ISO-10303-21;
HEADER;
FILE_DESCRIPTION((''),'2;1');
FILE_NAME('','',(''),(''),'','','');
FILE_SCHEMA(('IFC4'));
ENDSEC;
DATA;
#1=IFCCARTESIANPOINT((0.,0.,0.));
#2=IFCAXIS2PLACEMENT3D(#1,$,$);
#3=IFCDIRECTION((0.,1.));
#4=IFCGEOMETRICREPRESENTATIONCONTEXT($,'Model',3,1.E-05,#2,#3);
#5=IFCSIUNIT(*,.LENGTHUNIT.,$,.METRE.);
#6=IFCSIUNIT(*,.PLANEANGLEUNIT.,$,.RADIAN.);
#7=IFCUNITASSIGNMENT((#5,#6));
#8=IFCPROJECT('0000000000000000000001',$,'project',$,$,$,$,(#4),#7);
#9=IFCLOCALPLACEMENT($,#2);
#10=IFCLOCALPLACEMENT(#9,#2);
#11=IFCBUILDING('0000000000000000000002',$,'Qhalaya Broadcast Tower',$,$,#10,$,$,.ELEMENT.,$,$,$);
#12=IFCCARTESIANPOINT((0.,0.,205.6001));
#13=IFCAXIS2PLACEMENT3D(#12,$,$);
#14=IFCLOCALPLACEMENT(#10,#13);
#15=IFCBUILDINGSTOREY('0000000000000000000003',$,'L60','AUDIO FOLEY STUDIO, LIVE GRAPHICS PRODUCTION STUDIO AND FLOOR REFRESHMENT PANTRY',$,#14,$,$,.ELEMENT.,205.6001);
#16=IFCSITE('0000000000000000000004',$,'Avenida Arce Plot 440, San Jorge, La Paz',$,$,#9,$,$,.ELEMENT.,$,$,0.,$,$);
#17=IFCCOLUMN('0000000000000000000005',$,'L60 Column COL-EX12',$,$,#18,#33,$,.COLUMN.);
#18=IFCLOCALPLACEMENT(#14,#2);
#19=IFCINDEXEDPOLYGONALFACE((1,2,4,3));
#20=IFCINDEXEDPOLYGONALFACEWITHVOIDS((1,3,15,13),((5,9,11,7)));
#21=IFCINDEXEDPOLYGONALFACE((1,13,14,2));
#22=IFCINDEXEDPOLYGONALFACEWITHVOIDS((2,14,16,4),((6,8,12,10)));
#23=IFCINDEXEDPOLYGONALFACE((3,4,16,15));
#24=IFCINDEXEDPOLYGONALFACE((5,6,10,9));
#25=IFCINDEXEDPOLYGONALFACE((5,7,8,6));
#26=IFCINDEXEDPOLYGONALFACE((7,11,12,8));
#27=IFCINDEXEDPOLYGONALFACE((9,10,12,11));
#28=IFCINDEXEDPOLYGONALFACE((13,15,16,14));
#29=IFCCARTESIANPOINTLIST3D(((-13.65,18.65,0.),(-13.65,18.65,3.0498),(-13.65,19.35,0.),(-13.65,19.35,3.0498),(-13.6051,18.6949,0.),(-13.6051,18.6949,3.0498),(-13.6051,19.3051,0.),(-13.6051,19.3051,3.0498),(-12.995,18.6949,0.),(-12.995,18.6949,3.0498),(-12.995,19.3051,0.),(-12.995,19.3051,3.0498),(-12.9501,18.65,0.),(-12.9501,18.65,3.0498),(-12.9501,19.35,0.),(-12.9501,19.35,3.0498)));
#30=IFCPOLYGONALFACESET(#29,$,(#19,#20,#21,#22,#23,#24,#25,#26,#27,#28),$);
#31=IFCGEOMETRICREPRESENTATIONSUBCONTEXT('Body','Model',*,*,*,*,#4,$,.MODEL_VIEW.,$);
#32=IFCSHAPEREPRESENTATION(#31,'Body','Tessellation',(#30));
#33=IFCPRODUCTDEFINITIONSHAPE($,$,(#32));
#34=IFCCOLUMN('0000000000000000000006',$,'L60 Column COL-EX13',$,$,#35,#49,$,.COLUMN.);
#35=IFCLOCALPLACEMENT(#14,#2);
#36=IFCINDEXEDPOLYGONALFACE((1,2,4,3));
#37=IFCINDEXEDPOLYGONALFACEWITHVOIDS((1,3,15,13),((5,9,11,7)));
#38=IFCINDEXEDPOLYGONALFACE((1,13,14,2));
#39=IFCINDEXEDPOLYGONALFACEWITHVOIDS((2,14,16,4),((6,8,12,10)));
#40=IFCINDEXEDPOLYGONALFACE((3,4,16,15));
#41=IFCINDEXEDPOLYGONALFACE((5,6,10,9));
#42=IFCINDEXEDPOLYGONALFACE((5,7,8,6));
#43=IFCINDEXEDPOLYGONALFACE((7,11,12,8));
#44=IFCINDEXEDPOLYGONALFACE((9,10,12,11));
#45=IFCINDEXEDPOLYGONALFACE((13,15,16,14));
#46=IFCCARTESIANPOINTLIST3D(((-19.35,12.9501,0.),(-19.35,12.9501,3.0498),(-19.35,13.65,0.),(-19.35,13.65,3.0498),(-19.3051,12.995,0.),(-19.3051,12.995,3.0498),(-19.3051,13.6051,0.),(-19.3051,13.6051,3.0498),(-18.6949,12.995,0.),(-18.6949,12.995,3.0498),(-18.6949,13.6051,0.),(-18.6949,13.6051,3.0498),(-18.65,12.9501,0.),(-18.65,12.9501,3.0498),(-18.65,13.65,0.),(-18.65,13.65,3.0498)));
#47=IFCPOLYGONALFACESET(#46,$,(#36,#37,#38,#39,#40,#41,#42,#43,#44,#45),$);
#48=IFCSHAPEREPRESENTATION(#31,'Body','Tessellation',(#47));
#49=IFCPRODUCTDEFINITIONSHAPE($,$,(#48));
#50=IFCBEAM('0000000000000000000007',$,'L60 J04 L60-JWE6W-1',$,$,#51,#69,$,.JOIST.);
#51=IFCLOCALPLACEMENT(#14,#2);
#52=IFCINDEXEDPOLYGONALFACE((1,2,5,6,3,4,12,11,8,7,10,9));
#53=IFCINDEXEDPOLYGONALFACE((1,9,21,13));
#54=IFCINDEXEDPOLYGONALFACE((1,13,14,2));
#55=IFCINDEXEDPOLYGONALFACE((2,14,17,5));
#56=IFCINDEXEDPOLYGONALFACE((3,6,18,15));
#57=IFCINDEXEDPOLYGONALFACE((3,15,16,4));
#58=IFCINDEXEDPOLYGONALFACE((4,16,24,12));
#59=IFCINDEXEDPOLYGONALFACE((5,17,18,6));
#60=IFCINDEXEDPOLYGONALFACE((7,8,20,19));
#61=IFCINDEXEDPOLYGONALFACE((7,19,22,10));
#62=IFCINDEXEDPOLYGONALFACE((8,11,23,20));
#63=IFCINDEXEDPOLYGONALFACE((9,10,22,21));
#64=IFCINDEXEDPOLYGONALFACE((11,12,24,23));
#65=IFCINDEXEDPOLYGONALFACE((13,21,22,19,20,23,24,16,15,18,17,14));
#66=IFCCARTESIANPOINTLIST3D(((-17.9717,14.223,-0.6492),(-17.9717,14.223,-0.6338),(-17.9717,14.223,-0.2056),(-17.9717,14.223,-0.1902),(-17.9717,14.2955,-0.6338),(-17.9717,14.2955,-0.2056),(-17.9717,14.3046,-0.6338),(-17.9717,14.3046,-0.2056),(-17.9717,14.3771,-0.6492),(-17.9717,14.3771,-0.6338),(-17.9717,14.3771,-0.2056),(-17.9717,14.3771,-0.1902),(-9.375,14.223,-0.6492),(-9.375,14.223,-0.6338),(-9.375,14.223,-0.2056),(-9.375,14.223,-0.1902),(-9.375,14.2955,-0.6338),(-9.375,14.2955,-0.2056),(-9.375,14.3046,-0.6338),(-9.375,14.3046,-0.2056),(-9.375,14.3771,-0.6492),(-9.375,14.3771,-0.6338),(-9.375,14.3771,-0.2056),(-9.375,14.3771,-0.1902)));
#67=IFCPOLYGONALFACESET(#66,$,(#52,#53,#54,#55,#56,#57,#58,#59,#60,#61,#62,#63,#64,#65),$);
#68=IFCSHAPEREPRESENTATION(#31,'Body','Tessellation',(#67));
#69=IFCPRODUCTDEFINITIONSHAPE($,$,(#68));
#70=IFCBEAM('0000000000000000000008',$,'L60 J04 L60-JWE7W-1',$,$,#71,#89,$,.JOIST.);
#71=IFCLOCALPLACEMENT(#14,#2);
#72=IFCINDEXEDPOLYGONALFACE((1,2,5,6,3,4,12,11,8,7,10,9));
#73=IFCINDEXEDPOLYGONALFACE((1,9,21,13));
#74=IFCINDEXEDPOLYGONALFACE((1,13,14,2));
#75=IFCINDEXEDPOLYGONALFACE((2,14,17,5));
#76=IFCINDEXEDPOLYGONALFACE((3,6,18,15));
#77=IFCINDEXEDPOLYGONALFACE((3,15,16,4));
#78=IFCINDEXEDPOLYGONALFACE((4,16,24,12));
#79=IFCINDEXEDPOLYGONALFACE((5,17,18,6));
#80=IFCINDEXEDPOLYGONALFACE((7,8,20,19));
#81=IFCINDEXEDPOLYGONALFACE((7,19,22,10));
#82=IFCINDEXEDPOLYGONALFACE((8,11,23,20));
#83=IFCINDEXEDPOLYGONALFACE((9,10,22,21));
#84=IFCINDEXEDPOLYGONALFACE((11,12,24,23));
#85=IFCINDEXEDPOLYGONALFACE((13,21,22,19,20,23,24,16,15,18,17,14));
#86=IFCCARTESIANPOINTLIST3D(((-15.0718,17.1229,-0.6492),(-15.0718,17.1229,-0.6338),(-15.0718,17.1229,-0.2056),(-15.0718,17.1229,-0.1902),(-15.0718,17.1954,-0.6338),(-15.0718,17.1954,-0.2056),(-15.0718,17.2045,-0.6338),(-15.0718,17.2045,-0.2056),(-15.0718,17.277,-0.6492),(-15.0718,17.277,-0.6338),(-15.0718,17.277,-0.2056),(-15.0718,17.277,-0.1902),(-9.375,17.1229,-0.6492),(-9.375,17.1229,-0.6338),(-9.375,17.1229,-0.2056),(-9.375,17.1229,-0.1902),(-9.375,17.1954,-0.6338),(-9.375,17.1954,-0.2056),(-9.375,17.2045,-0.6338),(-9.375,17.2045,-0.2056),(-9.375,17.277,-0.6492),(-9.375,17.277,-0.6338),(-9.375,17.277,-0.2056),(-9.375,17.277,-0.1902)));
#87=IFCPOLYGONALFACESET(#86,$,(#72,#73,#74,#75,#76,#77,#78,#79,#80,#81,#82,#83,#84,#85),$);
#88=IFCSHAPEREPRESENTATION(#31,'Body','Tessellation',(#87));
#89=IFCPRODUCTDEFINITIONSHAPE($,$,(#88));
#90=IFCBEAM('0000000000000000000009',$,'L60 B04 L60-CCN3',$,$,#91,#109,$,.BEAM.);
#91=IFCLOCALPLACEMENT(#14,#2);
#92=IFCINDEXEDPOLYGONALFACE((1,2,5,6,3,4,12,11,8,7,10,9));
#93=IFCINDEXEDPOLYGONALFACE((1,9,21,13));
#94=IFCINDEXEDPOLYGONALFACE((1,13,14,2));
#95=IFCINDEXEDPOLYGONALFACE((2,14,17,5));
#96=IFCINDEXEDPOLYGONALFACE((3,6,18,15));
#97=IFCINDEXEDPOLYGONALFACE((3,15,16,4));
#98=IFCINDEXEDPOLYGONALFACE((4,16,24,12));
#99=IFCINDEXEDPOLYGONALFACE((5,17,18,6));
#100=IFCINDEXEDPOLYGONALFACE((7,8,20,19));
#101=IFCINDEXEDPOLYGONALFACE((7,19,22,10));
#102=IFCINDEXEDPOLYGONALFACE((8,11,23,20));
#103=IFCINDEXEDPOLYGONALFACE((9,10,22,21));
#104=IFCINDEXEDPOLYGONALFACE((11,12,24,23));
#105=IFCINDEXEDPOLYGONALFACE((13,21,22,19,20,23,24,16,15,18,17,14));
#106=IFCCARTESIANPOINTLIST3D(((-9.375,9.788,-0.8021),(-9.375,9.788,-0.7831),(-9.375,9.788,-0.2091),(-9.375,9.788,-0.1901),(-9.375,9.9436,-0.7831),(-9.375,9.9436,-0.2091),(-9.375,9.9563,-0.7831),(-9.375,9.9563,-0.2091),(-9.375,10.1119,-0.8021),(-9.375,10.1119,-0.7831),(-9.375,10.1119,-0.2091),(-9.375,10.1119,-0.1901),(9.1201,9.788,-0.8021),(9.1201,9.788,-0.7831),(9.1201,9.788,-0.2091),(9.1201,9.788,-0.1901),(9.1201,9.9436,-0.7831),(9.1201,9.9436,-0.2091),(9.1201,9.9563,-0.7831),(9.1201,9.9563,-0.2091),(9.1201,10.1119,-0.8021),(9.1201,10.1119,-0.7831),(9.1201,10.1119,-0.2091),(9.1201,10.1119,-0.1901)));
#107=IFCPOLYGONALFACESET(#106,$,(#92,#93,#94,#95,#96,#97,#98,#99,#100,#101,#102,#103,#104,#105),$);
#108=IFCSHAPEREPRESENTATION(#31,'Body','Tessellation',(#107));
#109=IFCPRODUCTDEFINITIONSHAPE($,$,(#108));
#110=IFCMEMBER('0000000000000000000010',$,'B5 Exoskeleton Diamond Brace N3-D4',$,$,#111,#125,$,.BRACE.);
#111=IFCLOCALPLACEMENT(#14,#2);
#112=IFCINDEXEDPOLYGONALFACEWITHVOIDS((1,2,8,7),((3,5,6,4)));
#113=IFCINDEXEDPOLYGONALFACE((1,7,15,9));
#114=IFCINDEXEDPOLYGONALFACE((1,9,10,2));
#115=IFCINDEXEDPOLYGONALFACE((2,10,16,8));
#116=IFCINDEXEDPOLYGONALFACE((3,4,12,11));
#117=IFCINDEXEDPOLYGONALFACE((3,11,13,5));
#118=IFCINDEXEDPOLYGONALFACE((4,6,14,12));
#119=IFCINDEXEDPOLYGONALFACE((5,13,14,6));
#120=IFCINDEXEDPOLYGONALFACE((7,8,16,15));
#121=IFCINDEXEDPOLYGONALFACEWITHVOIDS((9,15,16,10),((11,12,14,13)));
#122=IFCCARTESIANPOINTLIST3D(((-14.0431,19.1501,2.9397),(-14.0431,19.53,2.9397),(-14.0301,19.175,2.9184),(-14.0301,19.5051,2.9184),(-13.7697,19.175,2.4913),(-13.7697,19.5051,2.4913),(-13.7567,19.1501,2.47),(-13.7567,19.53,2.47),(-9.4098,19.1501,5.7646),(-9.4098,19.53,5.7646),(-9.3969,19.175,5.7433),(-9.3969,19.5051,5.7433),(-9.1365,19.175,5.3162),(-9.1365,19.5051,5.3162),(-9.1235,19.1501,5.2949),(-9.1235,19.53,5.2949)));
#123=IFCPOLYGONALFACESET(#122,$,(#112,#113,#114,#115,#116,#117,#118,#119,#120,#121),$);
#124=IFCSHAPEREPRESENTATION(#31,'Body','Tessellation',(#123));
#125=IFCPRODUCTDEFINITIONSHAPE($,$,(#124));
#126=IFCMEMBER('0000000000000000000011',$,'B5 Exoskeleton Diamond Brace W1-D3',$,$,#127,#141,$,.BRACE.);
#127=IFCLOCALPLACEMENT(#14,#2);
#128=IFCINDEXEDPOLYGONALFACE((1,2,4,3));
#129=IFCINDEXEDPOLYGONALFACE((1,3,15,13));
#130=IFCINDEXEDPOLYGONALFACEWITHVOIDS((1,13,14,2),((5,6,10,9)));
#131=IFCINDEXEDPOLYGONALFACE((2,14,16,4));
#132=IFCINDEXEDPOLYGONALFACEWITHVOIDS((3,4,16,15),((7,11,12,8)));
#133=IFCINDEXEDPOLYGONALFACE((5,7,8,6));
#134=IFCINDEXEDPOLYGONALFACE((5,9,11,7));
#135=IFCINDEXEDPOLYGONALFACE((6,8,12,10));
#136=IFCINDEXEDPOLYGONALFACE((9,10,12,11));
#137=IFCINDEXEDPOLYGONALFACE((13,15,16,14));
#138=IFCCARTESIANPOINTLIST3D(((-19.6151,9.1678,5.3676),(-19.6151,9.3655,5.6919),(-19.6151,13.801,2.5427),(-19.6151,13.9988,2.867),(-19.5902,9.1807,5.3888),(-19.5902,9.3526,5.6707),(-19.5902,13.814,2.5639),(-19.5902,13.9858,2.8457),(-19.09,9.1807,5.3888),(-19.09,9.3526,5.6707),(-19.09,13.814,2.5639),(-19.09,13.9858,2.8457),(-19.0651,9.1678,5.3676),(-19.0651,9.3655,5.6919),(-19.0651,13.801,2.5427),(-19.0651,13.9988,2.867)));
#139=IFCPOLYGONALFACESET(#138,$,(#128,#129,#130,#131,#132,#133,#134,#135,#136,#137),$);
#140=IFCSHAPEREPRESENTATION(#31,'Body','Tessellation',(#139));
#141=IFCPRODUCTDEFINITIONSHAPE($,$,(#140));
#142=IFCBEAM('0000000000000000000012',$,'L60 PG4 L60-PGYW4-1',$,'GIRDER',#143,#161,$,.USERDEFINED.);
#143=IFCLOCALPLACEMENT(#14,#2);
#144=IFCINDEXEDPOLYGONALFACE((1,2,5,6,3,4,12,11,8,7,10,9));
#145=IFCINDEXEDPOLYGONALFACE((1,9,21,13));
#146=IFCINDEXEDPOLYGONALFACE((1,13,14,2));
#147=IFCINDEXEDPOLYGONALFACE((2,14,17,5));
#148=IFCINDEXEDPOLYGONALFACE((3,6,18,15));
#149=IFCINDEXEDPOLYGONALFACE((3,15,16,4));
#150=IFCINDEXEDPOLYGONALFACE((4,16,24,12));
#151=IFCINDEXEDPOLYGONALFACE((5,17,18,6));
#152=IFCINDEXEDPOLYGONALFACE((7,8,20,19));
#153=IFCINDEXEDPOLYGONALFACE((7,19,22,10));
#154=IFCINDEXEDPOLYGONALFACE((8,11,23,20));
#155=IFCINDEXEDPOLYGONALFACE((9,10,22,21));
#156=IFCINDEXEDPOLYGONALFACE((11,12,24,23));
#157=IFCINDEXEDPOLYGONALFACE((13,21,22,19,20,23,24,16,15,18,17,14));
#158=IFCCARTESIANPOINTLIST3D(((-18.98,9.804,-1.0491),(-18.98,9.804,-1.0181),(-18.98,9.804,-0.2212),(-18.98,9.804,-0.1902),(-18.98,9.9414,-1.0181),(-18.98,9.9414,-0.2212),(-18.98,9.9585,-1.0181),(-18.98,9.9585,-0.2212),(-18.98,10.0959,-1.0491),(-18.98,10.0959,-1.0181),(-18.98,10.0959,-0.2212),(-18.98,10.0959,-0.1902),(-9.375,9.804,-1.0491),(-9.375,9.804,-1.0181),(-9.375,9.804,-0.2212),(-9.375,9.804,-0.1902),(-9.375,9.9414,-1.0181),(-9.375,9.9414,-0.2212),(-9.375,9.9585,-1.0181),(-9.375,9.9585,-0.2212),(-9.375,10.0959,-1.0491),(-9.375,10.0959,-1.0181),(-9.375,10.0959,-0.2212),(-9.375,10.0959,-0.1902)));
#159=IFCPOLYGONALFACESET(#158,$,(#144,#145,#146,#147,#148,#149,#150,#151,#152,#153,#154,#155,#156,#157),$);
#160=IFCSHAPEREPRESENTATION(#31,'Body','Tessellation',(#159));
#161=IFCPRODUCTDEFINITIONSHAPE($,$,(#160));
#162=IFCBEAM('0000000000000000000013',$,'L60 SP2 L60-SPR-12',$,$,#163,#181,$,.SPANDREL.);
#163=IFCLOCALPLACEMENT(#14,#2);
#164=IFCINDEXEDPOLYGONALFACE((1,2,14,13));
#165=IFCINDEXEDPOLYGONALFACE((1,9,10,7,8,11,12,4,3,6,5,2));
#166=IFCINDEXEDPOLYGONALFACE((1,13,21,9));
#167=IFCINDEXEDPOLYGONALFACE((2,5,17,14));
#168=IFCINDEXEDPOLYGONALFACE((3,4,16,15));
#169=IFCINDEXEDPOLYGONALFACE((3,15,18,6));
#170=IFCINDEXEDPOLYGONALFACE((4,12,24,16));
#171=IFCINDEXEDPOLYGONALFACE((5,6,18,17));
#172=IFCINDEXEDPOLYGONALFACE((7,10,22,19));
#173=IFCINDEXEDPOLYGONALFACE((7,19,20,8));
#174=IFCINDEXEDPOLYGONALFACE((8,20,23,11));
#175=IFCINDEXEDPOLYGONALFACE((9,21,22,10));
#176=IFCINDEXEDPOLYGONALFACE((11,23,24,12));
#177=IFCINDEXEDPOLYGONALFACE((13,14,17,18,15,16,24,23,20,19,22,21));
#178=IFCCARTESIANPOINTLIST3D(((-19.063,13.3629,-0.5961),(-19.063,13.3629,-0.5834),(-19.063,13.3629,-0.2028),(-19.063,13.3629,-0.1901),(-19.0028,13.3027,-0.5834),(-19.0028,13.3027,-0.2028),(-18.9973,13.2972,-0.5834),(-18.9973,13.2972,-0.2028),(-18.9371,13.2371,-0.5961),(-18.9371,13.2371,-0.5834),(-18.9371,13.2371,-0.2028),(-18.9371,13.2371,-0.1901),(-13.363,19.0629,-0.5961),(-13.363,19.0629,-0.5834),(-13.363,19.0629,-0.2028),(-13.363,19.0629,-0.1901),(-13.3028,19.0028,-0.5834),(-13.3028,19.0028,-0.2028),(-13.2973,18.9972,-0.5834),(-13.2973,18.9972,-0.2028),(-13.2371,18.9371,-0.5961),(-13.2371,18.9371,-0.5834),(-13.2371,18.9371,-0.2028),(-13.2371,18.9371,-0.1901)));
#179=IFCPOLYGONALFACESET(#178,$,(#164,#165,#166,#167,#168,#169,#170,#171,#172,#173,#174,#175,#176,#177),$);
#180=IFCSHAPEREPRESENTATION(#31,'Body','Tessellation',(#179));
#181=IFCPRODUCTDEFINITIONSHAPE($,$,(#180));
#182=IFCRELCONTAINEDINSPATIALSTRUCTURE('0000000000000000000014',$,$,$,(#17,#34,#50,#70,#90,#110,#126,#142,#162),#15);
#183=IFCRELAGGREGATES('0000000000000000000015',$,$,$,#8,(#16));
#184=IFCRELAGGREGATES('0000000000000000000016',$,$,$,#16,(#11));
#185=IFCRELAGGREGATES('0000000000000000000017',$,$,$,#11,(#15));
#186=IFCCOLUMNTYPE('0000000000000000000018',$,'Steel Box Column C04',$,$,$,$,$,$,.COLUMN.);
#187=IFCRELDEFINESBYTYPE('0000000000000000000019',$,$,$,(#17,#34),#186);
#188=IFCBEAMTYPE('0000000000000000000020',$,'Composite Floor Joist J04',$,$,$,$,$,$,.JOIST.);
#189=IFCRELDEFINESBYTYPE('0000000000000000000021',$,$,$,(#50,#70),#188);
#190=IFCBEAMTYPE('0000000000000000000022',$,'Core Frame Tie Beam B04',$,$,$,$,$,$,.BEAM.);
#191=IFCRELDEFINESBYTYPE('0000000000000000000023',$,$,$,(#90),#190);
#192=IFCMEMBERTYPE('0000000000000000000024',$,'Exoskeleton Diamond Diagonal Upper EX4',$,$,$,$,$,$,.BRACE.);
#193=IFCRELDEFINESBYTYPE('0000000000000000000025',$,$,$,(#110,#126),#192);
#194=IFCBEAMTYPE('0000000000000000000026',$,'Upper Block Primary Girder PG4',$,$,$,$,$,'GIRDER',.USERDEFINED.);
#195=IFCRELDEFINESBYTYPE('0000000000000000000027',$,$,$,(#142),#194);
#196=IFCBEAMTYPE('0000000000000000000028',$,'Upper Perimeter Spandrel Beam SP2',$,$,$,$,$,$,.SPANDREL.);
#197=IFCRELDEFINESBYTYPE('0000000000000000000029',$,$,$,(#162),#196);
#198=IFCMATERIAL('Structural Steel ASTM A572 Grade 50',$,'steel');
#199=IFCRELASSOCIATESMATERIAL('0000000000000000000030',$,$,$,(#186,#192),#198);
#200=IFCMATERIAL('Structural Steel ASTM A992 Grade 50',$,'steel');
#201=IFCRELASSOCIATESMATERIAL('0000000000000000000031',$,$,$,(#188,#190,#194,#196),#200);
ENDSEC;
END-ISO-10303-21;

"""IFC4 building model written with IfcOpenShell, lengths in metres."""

from ifc_helpers import new_model, si_unit, direction, frame, origin, origin_2d, place, context, subcontext, project, spatial, hollow_rectangle, i_section, extrude, material, material_profile, profile_set, type_object, element, save


model = new_model("IFC4")

# Units and contexts
model_context = context("Model", 3, precision=1e-05, world=origin(), true_north=direction((0.0, 1.0)))
body_context = subcontext(model_context, "Body", "Model", "MODEL_VIEW")
ifc_project = project(units=[si_unit("LENGTHUNIT", "METRE"), si_unit("PLANEANGLEUNIT", "RADIAN")], contexts=[model_context])

# Site, building, storey
site_placement = place(None, origin())
site = spatial("IfcSite", under=ifc_project, at=site_placement, Name="Avenida Arce Plot 440, San Jorge, La Paz", CompositionType="ELEMENT", RefElevation=0.0)
building_placement = place(site_placement, origin())
building = spatial("IfcBuilding", under=site, at=building_placement, Name="Qhalaya Broadcast Tower", CompositionType="ELEMENT")
storey_placement = place(building_placement, frame((0.0, 0.0, 205.6001)))
storey = spatial("IfcBuildingStorey", under=building, at=storey_placement, Name="L60", Description="AUDIO FOLEY STUDIO, LIVE GRAPHICS PRODUCTION STUDIO AND FLOOR REFRESHMENT PANTRY", CompositionType="ELEMENT", Elevation=205.6001)

# Columns
ifc_material_1 = material(Name="Structural Steel ASTM A572 Grade 50", Category="steel")
ifc_material_profile_1 = material_profile(ifc_material_1, hollow_rectangle(XDim=0.7, YDim=0.7, WallThickness=0.0449, at=origin_2d()), Name="BOX 700x700x45")
ifc_profile_set_1 = profile_set([ifc_material_profile_1], Name="Structural Steel ASTM A572 Grade 50")
column_type = type_object("IfcColumnType", Name="Steel Box Column C04", PredefinedType="COLUMN", material=ifc_profile_set_1)
for number, where, z_axis, x_axis, name in (
    (1, (-13.3, 19.0, 0.0), (0.0, 0.0, 1.0), (1.0, 0.0, 0.0), "L60 Column COL-EX12"),
    (2, (-19.0, 13.3, 0.0), (0.0, 0.0, 1.0), (0.0, 1.0, 0.0), "L60 Column COL-EX13"),
):
    element("IfcColumn", number, at=place(storey_placement, frame(where, z_axis=z_axis, x_axis=x_axis)), inside=storey, type_object=column_type, Name=name, PredefinedType="COLUMN", context=body_context, shape_type="SweptSolid", body=[
        extrude(hollow_rectangle(XDim=0.7, YDim=0.7, WallThickness=0.0449, at=origin_2d()), origin(), (0.0, 0.0, 1.0), 3.0498),
    ])

# Beams
ifc_material_2 = material(Name="Structural Steel ASTM A992 Grade 50", Category="steel")
ifc_material_profile_2 = material_profile(ifc_material_2, i_section(OverallWidth=0.1541, OverallDepth=0.459, WebThickness=0.009, FlangeThickness=0.0154, at=origin_2d()), Name="W18X46")
ifc_profile_set_2 = profile_set([ifc_material_profile_2], Name="Structural Steel ASTM A992 Grade 50")
beam_type_1 = type_object("IfcBeamType", Name="Composite Floor Joist J04", PredefinedType="JOIST", material=ifc_profile_set_2)
beam_1_placement = place(storey_placement, frame((-17.9717, 14.3, -0.4197), z_axis=(1.0, 0.0, 0.0), x_axis=(0.0, 1.0, 0.0)))
element("IfcBeam", 3, at=beam_1_placement, inside=storey, type_object=beam_type_1, Name="L60 J04 L60-JWE6W-1", PredefinedType="JOIST", context=body_context, shape_type="SweptSolid", body=[
    extrude(i_section(OverallWidth=0.1541, OverallDepth=0.459, WebThickness=0.009, FlangeThickness=0.0154, at=origin_2d()), origin(), (0.0, 0.0, 1.0), 8.5967),
])
beam_2_placement = place(storey_placement, frame((-15.0718, 17.2, -0.4197), z_axis=(1.0, 0.0, 0.0), x_axis=(0.0, 1.0, 0.0)))
element("IfcBeam", 4, at=beam_2_placement, inside=storey, type_object=beam_type_1, Name="L60 J04 L60-JWE7W-1", PredefinedType="JOIST", context=body_context, shape_type="SweptSolid", body=[
    extrude(i_section(OverallWidth=0.1541, OverallDepth=0.459, WebThickness=0.009, FlangeThickness=0.0154, at=origin_2d()), origin(), (0.0, 0.0, 1.0), 5.6968),
])
ifc_material_profile_3 = material_profile(ifc_material_2, i_section(OverallWidth=0.324, OverallDepth=0.6121, WebThickness=0.0127, FlangeThickness=0.019, at=origin_2d()), Name="W24X104")
ifc_profile_set_3 = profile_set([ifc_material_profile_3], Name="Structural Steel ASTM A992 Grade 50")
beam_type_2 = type_object("IfcBeamType", Name="Core Frame Tie Beam B04", PredefinedType="BEAM", material=ifc_profile_set_3)
beam_3_placement = place(storey_placement, frame((-9.375, 9.95, -0.4961), z_axis=(1.0, 0.0, 0.0), x_axis=(0.0, 1.0, 0.0)))
element("IfcBeam", 5, at=beam_3_placement, inside=storey, type_object=beam_type_2, Name="L60 B04 L60-CCN3", PredefinedType="BEAM", context=body_context, shape_type="SweptSolid", body=[
    extrude(i_section(OverallWidth=0.324, OverallDepth=0.6121, WebThickness=0.0127, FlangeThickness=0.019, at=origin_2d()), origin(), (0.0, 0.0, 1.0), 18.4951),
])

# Members
ifc_material_profile_4 = material_profile(ifc_material_1, hollow_rectangle(XDim=0.3799, YDim=0.55, WallThickness=0.0249, at=origin_2d()), Name="BOX 380x550x25")
ifc_profile_set_4 = profile_set([ifc_material_profile_4], Name="Structural Steel ASTM A572 Grade 50")
member_type = type_object("IfcMemberType", Name="Exoskeleton Diamond Diagonal Upper EX4", PredefinedType="BRACE", material=ifc_profile_set_4)
for number, where, z_axis, x_axis, name in (
    (6, (-13.8999, 19.3401, 2.7048), (0.853815, 0.0, 0.520576), (0.0, 1.0, 0.0), "B5 Exoskeleton Diamond Brace N3-D4"),
    (7, (-19.3401, 13.8999, 2.7048), (0.0, -0.853815, 0.520576), (0.0, 0.520576, 0.853815), "B5 Exoskeleton Diamond Brace W1-D3"),
):
    element("IfcMember", number, at=place(storey_placement, frame(where, z_axis=z_axis, x_axis=x_axis)), inside=storey, type_object=member_type, Name=name, PredefinedType="BRACE", context=body_context, shape_type="SweptSolid", body=[
        extrude(hollow_rectangle(XDim=0.3799, YDim=0.55, WallThickness=0.0249, at=origin_2d()), origin(), (0.0, 0.0, 1.0), 5.4265),
    ])

# Beams
ifc_material_profile_5 = material_profile(ifc_material_2, i_section(OverallWidth=0.292, OverallDepth=0.8589, WebThickness=0.0171, FlangeThickness=0.031, at=origin_2d()), Name="W33X169")
ifc_profile_set_5 = profile_set([ifc_material_profile_5], Name="Structural Steel ASTM A992 Grade 50")
beam_type_3 = type_object("IfcBeamType", Name="Upper Block Primary Girder PG4", ElementType="GIRDER", PredefinedType="USERDEFINED", material=ifc_profile_set_5)
beam_4_placement = place(storey_placement, frame((-18.98, 9.95, -0.6196), z_axis=(1.0, 0.0, 0.0), x_axis=(0.0, 1.0, 0.0)))
element("IfcBeam", 8, at=beam_4_placement, inside=storey, type_object=beam_type_3, Name="L60 PG4 L60-PGYW4-1", ObjectType="GIRDER", PredefinedType="USERDEFINED", context=body_context, shape_type="SweptSolid", body=[
    extrude(i_section(OverallWidth=0.292, OverallDepth=0.8589, WebThickness=0.0171, FlangeThickness=0.031, at=origin_2d()), origin(), (0.0, 0.0, 1.0), 9.605),
])
ifc_material_profile_6 = material_profile(ifc_material_2, i_section(OverallWidth=0.178, OverallDepth=0.406, WebThickness=0.0078, FlangeThickness=0.0127, at=origin_2d()), Name="W16X40")
ifc_profile_set_6 = profile_set([ifc_material_profile_6], Name="Structural Steel ASTM A992 Grade 50")
beam_type_4 = type_object("IfcBeamType", Name="Upper Perimeter Spandrel Beam SP2", PredefinedType="SPANDREL", material=ifc_profile_set_6)
beam_5_placement = place(storey_placement, frame((-13.3, 19.0, -0.3931), z_axis=(-0.707107, -0.707107, 0.0), x_axis=(0.707107, -0.707107, 0.0)))
element("IfcBeam", 9, at=beam_5_placement, inside=storey, type_object=beam_type_4, Name="L60 SP2 L60-SPR-12", PredefinedType="SPANDREL", context=body_context, shape_type="SweptSolid", body=[
    extrude(i_section(OverallWidth=0.178, OverallDepth=0.406, WebThickness=0.0078, FlangeThickness=0.0127, at=origin_2d()), origin(), (0.0, 0.0, 1.0), 8.061),
])

save(model, "model.ifc")
